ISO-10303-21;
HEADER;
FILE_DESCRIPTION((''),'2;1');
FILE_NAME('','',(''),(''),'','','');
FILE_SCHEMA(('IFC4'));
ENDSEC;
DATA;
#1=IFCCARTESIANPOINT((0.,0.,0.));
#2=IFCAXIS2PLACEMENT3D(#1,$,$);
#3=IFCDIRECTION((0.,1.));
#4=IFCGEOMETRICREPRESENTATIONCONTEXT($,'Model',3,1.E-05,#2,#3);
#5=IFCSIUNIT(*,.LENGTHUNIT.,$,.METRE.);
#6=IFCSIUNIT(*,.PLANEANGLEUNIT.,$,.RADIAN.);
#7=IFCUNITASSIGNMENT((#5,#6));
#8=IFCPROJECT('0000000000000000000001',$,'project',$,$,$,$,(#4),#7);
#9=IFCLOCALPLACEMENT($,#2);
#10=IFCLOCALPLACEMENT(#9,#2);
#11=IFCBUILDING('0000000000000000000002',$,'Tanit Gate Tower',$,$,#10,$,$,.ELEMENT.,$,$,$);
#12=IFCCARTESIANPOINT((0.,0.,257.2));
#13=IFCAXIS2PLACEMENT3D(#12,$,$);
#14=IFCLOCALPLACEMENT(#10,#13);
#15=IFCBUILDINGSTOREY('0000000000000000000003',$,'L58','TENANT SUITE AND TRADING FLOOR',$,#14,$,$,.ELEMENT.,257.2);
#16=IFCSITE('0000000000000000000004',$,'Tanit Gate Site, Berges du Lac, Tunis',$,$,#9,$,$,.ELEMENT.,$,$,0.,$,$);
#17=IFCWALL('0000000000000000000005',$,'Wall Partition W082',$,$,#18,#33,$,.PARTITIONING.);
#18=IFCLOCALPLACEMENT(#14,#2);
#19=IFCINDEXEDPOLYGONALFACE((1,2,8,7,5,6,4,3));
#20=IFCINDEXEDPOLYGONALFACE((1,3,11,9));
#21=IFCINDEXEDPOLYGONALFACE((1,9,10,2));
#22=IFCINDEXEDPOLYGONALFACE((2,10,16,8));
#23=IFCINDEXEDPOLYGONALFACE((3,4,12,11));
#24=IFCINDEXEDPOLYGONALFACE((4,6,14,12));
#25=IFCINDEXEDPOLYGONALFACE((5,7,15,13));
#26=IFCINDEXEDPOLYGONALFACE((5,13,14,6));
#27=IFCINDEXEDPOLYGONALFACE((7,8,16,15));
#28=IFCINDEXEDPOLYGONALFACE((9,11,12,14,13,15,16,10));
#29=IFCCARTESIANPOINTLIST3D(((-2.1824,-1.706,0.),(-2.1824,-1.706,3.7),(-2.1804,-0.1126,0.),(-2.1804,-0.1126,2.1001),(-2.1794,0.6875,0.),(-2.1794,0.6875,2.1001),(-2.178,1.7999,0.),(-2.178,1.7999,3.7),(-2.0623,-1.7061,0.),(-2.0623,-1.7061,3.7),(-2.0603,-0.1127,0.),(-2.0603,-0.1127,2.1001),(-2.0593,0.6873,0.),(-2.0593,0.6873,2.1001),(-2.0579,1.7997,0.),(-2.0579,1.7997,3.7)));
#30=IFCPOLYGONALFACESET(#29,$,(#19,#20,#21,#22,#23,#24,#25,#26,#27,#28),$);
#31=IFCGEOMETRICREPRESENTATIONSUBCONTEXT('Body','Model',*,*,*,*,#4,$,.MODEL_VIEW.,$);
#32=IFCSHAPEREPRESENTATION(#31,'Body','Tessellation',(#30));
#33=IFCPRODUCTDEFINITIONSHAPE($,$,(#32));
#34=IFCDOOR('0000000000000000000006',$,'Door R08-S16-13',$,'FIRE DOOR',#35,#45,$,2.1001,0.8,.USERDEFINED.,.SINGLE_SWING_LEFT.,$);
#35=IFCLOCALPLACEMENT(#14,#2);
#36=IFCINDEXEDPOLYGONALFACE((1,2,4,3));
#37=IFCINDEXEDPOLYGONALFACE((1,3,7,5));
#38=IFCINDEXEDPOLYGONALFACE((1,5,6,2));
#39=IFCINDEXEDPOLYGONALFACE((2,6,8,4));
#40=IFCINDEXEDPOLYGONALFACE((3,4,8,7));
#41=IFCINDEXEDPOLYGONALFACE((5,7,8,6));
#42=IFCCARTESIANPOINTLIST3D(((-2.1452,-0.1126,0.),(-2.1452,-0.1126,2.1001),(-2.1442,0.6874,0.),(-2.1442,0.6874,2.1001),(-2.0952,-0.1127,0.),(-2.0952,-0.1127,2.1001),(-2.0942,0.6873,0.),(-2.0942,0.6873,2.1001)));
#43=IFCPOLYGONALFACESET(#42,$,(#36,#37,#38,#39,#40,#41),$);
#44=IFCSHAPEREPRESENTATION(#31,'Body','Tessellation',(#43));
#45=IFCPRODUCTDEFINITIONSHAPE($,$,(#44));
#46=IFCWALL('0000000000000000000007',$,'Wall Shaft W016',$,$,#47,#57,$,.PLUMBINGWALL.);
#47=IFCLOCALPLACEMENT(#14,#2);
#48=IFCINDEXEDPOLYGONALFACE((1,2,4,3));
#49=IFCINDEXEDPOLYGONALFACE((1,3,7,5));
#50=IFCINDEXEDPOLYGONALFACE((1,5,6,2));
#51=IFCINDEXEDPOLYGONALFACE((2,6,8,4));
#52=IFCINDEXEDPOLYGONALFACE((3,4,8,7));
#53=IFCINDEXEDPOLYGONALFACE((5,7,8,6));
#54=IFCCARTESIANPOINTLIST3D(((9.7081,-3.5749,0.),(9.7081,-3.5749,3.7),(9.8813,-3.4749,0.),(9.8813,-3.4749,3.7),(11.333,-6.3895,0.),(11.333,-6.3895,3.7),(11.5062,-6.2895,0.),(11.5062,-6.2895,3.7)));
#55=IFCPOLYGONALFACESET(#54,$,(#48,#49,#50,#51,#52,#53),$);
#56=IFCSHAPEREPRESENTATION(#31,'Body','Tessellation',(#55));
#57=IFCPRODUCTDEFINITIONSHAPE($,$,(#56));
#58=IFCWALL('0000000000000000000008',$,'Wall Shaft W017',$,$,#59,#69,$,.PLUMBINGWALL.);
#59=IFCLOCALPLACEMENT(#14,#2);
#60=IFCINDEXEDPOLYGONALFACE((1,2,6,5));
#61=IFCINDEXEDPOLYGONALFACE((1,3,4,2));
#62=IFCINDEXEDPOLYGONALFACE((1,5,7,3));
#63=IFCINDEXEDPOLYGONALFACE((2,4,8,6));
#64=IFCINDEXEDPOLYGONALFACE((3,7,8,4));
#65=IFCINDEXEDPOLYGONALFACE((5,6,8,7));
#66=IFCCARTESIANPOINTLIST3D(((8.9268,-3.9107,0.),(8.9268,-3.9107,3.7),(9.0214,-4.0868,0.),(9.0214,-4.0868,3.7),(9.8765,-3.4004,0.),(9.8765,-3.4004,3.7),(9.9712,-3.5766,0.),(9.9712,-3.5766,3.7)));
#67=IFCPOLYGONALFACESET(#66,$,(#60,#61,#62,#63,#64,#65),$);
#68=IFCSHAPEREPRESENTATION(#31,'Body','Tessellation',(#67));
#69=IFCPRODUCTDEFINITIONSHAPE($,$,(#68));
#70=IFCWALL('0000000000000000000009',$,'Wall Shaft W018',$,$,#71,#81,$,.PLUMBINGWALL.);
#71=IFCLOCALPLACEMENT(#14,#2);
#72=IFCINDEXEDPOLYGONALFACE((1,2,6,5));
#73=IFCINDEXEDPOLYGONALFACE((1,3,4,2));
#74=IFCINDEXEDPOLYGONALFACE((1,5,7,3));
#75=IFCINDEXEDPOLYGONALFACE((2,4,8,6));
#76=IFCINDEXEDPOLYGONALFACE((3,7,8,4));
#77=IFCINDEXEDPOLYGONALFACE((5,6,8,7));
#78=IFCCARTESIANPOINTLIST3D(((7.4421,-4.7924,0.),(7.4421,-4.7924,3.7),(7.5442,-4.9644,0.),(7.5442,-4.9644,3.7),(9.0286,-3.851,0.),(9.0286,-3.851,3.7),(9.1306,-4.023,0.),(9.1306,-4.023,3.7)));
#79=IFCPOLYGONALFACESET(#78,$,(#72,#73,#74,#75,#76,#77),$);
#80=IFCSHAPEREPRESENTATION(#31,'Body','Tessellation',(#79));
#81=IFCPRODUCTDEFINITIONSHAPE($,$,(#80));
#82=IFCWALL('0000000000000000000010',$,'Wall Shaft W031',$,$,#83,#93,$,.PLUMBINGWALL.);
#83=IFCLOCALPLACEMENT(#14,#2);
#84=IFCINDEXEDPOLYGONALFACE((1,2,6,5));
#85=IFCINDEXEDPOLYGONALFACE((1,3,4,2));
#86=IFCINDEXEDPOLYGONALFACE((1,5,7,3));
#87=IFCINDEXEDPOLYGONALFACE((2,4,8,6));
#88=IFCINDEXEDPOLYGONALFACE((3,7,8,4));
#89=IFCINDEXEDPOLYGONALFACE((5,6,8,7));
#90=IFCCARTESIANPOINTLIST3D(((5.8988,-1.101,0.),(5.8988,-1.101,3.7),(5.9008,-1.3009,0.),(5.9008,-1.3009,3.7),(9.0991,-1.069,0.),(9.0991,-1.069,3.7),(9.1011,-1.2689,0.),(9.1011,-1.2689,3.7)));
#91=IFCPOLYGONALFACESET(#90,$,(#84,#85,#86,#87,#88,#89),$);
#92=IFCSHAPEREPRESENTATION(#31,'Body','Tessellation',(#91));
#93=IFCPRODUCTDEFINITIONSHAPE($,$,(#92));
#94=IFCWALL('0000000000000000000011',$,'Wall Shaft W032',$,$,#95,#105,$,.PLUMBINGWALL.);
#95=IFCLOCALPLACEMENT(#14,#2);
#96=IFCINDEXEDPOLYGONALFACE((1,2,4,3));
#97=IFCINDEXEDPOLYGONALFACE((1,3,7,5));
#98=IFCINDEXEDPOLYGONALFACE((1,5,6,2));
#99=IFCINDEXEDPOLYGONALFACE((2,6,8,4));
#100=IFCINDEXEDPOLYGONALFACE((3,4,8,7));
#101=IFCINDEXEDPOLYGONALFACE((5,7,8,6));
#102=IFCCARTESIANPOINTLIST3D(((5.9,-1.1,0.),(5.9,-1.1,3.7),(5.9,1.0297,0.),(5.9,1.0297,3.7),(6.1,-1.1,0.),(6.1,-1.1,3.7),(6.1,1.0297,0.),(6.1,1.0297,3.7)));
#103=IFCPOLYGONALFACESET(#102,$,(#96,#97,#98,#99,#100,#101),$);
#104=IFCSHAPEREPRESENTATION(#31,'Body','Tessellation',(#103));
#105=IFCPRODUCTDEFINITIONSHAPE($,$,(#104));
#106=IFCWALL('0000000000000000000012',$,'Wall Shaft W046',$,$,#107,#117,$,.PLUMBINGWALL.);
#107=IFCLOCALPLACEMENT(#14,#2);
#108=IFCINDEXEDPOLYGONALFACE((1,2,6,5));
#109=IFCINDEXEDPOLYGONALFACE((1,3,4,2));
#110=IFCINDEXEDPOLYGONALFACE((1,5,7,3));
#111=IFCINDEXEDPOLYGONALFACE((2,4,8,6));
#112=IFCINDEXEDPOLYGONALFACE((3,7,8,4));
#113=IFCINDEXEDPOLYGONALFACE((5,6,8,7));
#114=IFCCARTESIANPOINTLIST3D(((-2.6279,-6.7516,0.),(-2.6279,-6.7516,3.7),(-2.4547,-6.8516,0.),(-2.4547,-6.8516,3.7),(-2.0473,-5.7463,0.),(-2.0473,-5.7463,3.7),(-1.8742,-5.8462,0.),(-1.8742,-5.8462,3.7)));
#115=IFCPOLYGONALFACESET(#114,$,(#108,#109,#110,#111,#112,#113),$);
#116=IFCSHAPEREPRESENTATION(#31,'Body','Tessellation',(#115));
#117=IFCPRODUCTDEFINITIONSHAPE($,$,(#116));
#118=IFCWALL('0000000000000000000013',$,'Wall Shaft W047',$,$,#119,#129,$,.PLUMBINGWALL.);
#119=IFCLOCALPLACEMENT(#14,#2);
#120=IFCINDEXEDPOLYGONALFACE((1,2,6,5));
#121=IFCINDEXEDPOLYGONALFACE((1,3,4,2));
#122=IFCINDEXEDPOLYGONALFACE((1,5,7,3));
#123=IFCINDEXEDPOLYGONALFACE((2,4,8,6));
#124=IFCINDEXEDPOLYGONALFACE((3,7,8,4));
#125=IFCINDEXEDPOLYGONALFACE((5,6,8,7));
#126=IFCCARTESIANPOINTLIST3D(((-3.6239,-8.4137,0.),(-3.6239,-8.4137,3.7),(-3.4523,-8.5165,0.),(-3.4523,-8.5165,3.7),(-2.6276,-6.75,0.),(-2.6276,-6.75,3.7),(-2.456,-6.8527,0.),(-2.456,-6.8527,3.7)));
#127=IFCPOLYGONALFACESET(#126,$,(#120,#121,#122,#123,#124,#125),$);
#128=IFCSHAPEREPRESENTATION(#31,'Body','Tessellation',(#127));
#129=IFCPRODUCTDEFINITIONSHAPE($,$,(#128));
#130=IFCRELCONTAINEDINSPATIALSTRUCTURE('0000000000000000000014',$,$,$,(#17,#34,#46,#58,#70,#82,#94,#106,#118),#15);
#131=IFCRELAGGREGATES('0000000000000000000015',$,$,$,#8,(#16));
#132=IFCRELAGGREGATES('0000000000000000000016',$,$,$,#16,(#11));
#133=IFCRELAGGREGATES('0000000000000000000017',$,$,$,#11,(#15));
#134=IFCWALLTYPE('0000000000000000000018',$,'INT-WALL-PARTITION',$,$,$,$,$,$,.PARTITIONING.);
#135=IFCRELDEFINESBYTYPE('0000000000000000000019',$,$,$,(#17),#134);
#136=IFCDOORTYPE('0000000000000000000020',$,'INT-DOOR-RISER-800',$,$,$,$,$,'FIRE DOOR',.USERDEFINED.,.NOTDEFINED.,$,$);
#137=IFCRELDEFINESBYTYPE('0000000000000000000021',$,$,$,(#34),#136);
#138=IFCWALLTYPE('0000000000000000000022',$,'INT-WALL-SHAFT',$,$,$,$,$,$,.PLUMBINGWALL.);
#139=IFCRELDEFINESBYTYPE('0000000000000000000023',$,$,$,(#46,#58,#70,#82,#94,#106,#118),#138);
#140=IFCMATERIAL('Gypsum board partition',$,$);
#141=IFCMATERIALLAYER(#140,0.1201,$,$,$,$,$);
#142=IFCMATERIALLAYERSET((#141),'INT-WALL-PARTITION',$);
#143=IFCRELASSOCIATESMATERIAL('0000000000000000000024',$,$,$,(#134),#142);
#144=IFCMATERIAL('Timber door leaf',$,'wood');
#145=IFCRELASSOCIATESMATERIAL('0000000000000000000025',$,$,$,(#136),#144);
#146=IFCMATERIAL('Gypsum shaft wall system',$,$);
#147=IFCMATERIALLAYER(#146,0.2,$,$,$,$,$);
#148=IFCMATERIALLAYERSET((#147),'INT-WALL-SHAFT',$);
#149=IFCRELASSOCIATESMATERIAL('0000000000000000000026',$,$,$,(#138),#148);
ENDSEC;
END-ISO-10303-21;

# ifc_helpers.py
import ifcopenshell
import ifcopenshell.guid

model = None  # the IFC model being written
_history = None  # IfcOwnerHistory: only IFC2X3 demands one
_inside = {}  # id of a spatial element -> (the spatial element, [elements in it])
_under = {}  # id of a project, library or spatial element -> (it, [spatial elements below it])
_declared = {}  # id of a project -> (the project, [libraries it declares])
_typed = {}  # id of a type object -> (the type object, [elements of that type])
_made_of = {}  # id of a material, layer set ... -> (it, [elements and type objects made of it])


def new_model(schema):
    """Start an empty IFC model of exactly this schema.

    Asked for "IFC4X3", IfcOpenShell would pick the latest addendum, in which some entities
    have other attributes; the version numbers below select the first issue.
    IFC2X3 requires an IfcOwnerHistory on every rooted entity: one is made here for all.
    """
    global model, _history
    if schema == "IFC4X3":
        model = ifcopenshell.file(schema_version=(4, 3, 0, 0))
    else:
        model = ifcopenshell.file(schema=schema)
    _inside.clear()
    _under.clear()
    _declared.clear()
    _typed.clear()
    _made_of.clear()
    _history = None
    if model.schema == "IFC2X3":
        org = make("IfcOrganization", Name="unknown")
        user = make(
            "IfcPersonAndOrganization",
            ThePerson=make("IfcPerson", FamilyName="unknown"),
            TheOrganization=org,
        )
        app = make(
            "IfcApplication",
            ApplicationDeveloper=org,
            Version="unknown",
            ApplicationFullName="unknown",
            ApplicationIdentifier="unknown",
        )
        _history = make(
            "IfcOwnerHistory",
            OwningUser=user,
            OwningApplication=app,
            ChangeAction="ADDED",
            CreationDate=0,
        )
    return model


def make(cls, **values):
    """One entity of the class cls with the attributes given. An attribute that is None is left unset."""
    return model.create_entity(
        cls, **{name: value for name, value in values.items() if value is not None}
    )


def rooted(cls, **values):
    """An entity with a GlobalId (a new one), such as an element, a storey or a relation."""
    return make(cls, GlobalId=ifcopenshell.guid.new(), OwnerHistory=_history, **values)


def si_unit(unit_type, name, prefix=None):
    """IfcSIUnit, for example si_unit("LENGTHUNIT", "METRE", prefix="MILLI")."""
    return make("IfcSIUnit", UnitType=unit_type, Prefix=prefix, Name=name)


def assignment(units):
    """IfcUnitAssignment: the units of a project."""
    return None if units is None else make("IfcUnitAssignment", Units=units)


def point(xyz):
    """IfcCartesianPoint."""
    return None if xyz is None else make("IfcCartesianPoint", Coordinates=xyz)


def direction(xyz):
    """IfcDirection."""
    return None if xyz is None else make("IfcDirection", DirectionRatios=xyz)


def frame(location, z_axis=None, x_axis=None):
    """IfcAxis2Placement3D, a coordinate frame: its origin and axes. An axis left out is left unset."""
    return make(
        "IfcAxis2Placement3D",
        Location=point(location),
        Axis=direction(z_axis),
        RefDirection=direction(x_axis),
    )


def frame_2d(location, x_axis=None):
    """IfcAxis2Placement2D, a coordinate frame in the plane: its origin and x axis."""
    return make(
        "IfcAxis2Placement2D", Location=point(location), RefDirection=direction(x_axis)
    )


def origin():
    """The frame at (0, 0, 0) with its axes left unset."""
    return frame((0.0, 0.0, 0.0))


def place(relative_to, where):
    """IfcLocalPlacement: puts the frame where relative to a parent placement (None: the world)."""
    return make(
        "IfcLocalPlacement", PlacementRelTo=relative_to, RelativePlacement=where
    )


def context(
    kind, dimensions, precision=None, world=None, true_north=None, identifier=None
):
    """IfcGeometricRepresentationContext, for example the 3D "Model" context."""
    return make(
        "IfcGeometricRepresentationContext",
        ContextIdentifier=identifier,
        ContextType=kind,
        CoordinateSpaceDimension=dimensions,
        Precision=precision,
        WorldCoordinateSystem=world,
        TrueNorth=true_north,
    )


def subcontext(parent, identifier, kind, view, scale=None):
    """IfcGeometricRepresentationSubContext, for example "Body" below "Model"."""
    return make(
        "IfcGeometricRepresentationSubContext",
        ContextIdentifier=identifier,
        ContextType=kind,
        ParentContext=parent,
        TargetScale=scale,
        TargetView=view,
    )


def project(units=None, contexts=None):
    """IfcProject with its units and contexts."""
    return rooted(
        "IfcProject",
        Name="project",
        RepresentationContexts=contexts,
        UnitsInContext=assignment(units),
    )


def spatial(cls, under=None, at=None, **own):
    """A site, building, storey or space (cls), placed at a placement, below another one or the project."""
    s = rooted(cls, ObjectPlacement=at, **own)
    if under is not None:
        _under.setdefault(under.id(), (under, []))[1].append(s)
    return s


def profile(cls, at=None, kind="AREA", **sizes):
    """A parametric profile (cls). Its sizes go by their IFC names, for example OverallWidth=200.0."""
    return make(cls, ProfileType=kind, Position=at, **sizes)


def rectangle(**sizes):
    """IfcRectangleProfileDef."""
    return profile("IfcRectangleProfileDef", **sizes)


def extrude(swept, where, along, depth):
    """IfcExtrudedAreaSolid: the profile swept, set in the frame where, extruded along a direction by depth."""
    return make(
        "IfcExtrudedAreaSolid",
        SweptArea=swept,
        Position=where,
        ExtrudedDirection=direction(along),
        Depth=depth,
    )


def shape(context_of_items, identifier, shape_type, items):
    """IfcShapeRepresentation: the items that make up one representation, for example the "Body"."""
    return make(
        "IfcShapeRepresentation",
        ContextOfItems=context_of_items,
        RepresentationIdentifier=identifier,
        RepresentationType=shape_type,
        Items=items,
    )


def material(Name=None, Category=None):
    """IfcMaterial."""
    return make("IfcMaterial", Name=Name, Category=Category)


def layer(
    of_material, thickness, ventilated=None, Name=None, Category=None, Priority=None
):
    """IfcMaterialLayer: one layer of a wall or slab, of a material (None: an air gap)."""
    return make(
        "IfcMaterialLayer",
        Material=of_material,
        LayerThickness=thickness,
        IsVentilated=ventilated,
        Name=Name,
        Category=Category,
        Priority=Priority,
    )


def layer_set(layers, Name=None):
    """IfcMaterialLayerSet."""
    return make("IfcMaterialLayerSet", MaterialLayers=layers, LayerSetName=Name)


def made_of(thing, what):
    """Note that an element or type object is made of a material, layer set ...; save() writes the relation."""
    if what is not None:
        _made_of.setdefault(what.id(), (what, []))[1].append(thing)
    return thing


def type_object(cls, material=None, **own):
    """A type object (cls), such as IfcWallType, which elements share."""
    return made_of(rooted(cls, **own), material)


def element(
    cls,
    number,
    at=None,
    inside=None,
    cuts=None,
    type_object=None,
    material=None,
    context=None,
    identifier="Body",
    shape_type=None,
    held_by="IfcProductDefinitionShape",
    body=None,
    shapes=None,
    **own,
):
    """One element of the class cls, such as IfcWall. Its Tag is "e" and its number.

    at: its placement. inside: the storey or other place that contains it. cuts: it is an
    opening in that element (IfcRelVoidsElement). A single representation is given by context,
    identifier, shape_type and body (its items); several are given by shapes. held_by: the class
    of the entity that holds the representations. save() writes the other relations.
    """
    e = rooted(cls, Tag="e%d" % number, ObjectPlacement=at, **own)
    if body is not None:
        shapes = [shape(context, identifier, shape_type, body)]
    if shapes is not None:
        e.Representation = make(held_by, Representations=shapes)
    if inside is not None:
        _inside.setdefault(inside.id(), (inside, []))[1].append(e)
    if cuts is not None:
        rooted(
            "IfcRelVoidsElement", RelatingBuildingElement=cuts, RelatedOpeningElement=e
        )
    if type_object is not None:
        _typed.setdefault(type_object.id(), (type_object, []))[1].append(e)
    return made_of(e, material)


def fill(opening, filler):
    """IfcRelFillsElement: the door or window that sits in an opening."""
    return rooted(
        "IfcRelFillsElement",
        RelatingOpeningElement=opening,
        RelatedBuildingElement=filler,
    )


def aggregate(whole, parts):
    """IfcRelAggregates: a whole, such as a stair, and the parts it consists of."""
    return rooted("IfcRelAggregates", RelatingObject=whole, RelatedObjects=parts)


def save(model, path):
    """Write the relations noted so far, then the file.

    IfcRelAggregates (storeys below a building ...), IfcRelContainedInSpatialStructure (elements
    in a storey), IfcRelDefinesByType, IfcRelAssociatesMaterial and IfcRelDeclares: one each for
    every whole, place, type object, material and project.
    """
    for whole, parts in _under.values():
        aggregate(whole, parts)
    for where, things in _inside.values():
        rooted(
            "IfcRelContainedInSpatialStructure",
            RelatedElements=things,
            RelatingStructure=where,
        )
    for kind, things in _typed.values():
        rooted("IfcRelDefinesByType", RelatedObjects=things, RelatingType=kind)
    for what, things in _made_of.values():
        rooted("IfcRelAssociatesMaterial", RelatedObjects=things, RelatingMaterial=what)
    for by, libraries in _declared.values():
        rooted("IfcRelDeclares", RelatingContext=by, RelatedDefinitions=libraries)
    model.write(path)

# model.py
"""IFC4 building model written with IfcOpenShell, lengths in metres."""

from ifc_helpers import new_model, si_unit, direction, frame, frame_2d, origin, place, context, subcontext, project, spatial, rectangle, extrude, material, layer, layer_set, type_object, element, fill, save


model = new_model("IFC4")

# Units and contexts
model_context = context("Model", 3, precision=1e-05, world=origin(), true_north=direction((0.0, 1.0)))
body_context = subcontext(model_context, "Body", "Model", "MODEL_VIEW")
ifc_project = project(units=[si_unit("LENGTHUNIT", "METRE"), si_unit("PLANEANGLEUNIT", "RADIAN")], contexts=[model_context])

# Site, building, storey
site_placement = place(None, origin())
site = spatial("IfcSite", under=ifc_project, at=site_placement, Name="Tanit Gate Site, Berges du Lac, Tunis", CompositionType="ELEMENT", RefElevation=0.0)
building_placement = place(site_placement, origin())
building = spatial("IfcBuilding", under=site, at=building_placement, Name="Tanit Gate Tower", CompositionType="ELEMENT")
storey_placement = place(building_placement, frame((0.0, 0.0, 257.2)))
storey = spatial("IfcBuildingStorey", under=building, at=storey_placement, Name="L58", Description="TENANT SUITE AND TRADING FLOOR", CompositionType="ELEMENT", Elevation=257.2)

# Shared definitions
ifc_material_1 = material(Name="Gypsum board partition")
ifc_layer_1 = layer(ifc_material_1, 0.1201)
ifc_layer_set_1 = layer_set([ifc_layer_1], Name="INT-WALL-PARTITION")
wall_type_1 = type_object("IfcWallType", Name="INT-WALL-PARTITION", PredefinedType="PARTITIONING", material=ifc_layer_set_1)

# Shared definitions
ifc_material_2 = material(Name="Timber door leaf", Category="wood")
door_type_1 = type_object("IfcDoorType", Name="INT-DOOR-RISER-800", ElementType="FIRE DOOR", OperationType="NOTDEFINED", PredefinedType="USERDEFINED", material=ifc_material_2)

# Wall, opening, door
wall_1_placement = place(storey_placement, frame((-2.1223, -1.7061, 0.0), z_axis=(0.0, 0.0, 1.0), x_axis=(0.001253, 0.999999, 0.0)))
wall_1 = element("IfcWall", 1, at=wall_1_placement, inside=storey, type_object=wall_type_1, Name="Wall Partition W082", PredefinedType="PARTITIONING", context=body_context, shape_type="SweptSolid", body=[
    extrude(rectangle(XDim=3.5059, YDim=0.1201, at=frame_2d((1.7529, 0.0))), origin(), (0.0, 0.0, 1.0), 3.7),
])
opening_1_placement = place(wall_1_placement, frame((1.5935, 0.0, 0.0)))
opening_1 = element("IfcOpeningElement", 2, at=opening_1_placement, cuts=wall_1, PredefinedType="OPENING", context=body_context, shape_type="SweptSolid", body=[
    extrude(rectangle(XDim=0.8, YDim=2.1001, at=frame_2d((0.3999, 1.05))), frame((0.0, 0.0701, 0.0), z_axis=(0.0, -1.0, 0.0), x_axis=(1.0, 0.0, 0.0)), (0.0, 0.0, 1.0), 0.1401),
])
door_1_placement = place(opening_1_placement, origin())
door_1 = element("IfcDoor", 3, at=door_1_placement, inside=storey, type_object=door_type_1, Name="Door R08-S16-13", ObjectType="FIRE DOOR", OperationType="SINGLE_SWING_LEFT", OverallHeight=2.1001, OverallWidth=0.8, PredefinedType="USERDEFINED", context=body_context, shape_type="SweptSolid", body=[
    extrude(rectangle(XDim=0.8, YDim=2.1001, at=frame_2d((0.3999, 1.05))), frame((0.0, 0.0249, 0.0), z_axis=(0.0, -1.0, 0.0), x_axis=(1.0, 0.0, 0.0)), (0.0, 0.0, 1.0), 0.05),
])
fill(opening_1, door_1)

# Walls
ifc_material_3 = material(Name="Gypsum shaft wall system")
ifc_layer_2 = layer(ifc_material_3, 0.2)
ifc_layer_set_2 = layer_set([ifc_layer_2], Name="INT-WALL-SHAFT")
wall_type_2 = type_object("IfcWallType", Name="INT-WALL-SHAFT", PredefinedType="PLUMBINGWALL", material=ifc_layer_set_2)
wall_2_placement = place(storey_placement, frame((9.7947, -3.5249, 0.0), z_axis=(0.0, 0.0, 1.0), x_axis=(0.499985, -0.866034, 0.0)))
element("IfcWall", 4, at=wall_2_placement, inside=storey, type_object=wall_type_2, Name="Wall Shaft W016", PredefinedType="PLUMBINGWALL", context=body_context, shape_type="SweptSolid", body=[
    extrude(rectangle(XDim=3.25, YDim=0.2, at=frame_2d((1.625, 0.0))), origin(), (0.0, 0.0, 1.0), 3.7),
])
wall_3_placement = place(storey_placement, frame((8.9741, -3.9988, 0.0), z_axis=(0.0, 0.0, 1.0), x_axis=(0.880907, 0.473289, 0.0)))
element("IfcWall", 5, at=wall_3_placement, inside=storey, type_object=wall_type_2, Name="Wall Shaft W017", PredefinedType="PLUMBINGWALL", context=body_context, shape_type="SweptSolid", body=[
    extrude(rectangle(XDim=1.0781, YDim=0.2, at=frame_2d((0.5391, 0.0))), origin(), (0.0, 0.0, 1.0), 3.7),
])
wall_4_placement = place(storey_placement, frame((7.4932, -4.8784, 0.0), z_axis=(0.0, 0.0, 1.0), x_axis=(0.859982, 0.510325, 0.0)))
element("IfcWall", 6, at=wall_4_placement, inside=storey, type_object=wall_type_2, Name="Wall Shaft W018", PredefinedType="PLUMBINGWALL", context=body_context, shape_type="SweptSolid", body=[
    extrude(rectangle(XDim=1.8447, YDim=0.2, at=frame_2d((0.9224, 0.0))), origin(), (0.0, 0.0, 1.0), 3.7),
])
wall_5_placement = place(storey_placement, frame((5.8999, -1.2009, 0.0), z_axis=(0.0, 0.0, 1.0), x_axis=(0.99995, 0.009993, 0.0)))
element("IfcWall", 7, at=wall_5_placement, inside=storey, type_object=wall_type_2, Name="Wall Shaft W031", PredefinedType="PLUMBINGWALL", context=body_context, shape_type="SweptSolid", body=[
    extrude(rectangle(XDim=3.2004, YDim=0.2, at=frame_2d((1.6001, 0.0))), origin(), (0.0, 0.0, 1.0), 3.7),
])
wall_6_placement = place(storey_placement, frame((6.0, -1.1001, 0.0), z_axis=(0.0, 0.0, 1.0), x_axis=(0.0, 1.0, 0.0)))
element("IfcWall", 8, at=wall_6_placement, inside=storey, type_object=wall_type_2, Name="Wall Shaft W032", PredefinedType="PLUMBINGWALL", context=body_context, shape_type="SweptSolid", body=[
    extrude(rectangle(XDim=2.1296, YDim=0.2, at=frame_2d((1.0649, 0.0))), origin(), (0.0, 0.0, 1.0), 3.7),
])
wall_7_placement = place(storey_placement, frame((-1.9607, -5.7961, 0.0), z_axis=(0.0, 0.0, 1.0), x_axis=(-0.500074, -0.865982, 0.0)))
element("IfcWall", 9, at=wall_7_placement, inside=storey, type_object=wall_type_2, Name="Wall Shaft W046", PredefinedType="PLUMBINGWALL", context=body_context, shape_type="SweptSolid", body=[
    extrude(rectangle(XDim=1.1609, YDim=0.2, at=frame_2d((0.5806, 0.0))), origin(), (0.0, 0.0, 1.0), 3.7),
])
wall_8_placement = place(storey_placement, frame((-2.5417, -6.8013, 0.0), z_axis=(0.0, 0.0, 1.0), x_axis=(-0.513755, -0.857937, 0.0)))
element("IfcWall", 10, at=wall_8_placement, inside=storey, type_object=wall_type_2, Name="Wall Shaft W047", PredefinedType="PLUMBINGWALL", context=body_context, shape_type="SweptSolid", body=[
    extrude(rectangle(XDim=1.9392, YDim=0.2, at=frame_2d((0.9697, 0.0))), origin(), (0.0, 0.0, 1.0), 3.7),
])

save(model, "model.ifc")
